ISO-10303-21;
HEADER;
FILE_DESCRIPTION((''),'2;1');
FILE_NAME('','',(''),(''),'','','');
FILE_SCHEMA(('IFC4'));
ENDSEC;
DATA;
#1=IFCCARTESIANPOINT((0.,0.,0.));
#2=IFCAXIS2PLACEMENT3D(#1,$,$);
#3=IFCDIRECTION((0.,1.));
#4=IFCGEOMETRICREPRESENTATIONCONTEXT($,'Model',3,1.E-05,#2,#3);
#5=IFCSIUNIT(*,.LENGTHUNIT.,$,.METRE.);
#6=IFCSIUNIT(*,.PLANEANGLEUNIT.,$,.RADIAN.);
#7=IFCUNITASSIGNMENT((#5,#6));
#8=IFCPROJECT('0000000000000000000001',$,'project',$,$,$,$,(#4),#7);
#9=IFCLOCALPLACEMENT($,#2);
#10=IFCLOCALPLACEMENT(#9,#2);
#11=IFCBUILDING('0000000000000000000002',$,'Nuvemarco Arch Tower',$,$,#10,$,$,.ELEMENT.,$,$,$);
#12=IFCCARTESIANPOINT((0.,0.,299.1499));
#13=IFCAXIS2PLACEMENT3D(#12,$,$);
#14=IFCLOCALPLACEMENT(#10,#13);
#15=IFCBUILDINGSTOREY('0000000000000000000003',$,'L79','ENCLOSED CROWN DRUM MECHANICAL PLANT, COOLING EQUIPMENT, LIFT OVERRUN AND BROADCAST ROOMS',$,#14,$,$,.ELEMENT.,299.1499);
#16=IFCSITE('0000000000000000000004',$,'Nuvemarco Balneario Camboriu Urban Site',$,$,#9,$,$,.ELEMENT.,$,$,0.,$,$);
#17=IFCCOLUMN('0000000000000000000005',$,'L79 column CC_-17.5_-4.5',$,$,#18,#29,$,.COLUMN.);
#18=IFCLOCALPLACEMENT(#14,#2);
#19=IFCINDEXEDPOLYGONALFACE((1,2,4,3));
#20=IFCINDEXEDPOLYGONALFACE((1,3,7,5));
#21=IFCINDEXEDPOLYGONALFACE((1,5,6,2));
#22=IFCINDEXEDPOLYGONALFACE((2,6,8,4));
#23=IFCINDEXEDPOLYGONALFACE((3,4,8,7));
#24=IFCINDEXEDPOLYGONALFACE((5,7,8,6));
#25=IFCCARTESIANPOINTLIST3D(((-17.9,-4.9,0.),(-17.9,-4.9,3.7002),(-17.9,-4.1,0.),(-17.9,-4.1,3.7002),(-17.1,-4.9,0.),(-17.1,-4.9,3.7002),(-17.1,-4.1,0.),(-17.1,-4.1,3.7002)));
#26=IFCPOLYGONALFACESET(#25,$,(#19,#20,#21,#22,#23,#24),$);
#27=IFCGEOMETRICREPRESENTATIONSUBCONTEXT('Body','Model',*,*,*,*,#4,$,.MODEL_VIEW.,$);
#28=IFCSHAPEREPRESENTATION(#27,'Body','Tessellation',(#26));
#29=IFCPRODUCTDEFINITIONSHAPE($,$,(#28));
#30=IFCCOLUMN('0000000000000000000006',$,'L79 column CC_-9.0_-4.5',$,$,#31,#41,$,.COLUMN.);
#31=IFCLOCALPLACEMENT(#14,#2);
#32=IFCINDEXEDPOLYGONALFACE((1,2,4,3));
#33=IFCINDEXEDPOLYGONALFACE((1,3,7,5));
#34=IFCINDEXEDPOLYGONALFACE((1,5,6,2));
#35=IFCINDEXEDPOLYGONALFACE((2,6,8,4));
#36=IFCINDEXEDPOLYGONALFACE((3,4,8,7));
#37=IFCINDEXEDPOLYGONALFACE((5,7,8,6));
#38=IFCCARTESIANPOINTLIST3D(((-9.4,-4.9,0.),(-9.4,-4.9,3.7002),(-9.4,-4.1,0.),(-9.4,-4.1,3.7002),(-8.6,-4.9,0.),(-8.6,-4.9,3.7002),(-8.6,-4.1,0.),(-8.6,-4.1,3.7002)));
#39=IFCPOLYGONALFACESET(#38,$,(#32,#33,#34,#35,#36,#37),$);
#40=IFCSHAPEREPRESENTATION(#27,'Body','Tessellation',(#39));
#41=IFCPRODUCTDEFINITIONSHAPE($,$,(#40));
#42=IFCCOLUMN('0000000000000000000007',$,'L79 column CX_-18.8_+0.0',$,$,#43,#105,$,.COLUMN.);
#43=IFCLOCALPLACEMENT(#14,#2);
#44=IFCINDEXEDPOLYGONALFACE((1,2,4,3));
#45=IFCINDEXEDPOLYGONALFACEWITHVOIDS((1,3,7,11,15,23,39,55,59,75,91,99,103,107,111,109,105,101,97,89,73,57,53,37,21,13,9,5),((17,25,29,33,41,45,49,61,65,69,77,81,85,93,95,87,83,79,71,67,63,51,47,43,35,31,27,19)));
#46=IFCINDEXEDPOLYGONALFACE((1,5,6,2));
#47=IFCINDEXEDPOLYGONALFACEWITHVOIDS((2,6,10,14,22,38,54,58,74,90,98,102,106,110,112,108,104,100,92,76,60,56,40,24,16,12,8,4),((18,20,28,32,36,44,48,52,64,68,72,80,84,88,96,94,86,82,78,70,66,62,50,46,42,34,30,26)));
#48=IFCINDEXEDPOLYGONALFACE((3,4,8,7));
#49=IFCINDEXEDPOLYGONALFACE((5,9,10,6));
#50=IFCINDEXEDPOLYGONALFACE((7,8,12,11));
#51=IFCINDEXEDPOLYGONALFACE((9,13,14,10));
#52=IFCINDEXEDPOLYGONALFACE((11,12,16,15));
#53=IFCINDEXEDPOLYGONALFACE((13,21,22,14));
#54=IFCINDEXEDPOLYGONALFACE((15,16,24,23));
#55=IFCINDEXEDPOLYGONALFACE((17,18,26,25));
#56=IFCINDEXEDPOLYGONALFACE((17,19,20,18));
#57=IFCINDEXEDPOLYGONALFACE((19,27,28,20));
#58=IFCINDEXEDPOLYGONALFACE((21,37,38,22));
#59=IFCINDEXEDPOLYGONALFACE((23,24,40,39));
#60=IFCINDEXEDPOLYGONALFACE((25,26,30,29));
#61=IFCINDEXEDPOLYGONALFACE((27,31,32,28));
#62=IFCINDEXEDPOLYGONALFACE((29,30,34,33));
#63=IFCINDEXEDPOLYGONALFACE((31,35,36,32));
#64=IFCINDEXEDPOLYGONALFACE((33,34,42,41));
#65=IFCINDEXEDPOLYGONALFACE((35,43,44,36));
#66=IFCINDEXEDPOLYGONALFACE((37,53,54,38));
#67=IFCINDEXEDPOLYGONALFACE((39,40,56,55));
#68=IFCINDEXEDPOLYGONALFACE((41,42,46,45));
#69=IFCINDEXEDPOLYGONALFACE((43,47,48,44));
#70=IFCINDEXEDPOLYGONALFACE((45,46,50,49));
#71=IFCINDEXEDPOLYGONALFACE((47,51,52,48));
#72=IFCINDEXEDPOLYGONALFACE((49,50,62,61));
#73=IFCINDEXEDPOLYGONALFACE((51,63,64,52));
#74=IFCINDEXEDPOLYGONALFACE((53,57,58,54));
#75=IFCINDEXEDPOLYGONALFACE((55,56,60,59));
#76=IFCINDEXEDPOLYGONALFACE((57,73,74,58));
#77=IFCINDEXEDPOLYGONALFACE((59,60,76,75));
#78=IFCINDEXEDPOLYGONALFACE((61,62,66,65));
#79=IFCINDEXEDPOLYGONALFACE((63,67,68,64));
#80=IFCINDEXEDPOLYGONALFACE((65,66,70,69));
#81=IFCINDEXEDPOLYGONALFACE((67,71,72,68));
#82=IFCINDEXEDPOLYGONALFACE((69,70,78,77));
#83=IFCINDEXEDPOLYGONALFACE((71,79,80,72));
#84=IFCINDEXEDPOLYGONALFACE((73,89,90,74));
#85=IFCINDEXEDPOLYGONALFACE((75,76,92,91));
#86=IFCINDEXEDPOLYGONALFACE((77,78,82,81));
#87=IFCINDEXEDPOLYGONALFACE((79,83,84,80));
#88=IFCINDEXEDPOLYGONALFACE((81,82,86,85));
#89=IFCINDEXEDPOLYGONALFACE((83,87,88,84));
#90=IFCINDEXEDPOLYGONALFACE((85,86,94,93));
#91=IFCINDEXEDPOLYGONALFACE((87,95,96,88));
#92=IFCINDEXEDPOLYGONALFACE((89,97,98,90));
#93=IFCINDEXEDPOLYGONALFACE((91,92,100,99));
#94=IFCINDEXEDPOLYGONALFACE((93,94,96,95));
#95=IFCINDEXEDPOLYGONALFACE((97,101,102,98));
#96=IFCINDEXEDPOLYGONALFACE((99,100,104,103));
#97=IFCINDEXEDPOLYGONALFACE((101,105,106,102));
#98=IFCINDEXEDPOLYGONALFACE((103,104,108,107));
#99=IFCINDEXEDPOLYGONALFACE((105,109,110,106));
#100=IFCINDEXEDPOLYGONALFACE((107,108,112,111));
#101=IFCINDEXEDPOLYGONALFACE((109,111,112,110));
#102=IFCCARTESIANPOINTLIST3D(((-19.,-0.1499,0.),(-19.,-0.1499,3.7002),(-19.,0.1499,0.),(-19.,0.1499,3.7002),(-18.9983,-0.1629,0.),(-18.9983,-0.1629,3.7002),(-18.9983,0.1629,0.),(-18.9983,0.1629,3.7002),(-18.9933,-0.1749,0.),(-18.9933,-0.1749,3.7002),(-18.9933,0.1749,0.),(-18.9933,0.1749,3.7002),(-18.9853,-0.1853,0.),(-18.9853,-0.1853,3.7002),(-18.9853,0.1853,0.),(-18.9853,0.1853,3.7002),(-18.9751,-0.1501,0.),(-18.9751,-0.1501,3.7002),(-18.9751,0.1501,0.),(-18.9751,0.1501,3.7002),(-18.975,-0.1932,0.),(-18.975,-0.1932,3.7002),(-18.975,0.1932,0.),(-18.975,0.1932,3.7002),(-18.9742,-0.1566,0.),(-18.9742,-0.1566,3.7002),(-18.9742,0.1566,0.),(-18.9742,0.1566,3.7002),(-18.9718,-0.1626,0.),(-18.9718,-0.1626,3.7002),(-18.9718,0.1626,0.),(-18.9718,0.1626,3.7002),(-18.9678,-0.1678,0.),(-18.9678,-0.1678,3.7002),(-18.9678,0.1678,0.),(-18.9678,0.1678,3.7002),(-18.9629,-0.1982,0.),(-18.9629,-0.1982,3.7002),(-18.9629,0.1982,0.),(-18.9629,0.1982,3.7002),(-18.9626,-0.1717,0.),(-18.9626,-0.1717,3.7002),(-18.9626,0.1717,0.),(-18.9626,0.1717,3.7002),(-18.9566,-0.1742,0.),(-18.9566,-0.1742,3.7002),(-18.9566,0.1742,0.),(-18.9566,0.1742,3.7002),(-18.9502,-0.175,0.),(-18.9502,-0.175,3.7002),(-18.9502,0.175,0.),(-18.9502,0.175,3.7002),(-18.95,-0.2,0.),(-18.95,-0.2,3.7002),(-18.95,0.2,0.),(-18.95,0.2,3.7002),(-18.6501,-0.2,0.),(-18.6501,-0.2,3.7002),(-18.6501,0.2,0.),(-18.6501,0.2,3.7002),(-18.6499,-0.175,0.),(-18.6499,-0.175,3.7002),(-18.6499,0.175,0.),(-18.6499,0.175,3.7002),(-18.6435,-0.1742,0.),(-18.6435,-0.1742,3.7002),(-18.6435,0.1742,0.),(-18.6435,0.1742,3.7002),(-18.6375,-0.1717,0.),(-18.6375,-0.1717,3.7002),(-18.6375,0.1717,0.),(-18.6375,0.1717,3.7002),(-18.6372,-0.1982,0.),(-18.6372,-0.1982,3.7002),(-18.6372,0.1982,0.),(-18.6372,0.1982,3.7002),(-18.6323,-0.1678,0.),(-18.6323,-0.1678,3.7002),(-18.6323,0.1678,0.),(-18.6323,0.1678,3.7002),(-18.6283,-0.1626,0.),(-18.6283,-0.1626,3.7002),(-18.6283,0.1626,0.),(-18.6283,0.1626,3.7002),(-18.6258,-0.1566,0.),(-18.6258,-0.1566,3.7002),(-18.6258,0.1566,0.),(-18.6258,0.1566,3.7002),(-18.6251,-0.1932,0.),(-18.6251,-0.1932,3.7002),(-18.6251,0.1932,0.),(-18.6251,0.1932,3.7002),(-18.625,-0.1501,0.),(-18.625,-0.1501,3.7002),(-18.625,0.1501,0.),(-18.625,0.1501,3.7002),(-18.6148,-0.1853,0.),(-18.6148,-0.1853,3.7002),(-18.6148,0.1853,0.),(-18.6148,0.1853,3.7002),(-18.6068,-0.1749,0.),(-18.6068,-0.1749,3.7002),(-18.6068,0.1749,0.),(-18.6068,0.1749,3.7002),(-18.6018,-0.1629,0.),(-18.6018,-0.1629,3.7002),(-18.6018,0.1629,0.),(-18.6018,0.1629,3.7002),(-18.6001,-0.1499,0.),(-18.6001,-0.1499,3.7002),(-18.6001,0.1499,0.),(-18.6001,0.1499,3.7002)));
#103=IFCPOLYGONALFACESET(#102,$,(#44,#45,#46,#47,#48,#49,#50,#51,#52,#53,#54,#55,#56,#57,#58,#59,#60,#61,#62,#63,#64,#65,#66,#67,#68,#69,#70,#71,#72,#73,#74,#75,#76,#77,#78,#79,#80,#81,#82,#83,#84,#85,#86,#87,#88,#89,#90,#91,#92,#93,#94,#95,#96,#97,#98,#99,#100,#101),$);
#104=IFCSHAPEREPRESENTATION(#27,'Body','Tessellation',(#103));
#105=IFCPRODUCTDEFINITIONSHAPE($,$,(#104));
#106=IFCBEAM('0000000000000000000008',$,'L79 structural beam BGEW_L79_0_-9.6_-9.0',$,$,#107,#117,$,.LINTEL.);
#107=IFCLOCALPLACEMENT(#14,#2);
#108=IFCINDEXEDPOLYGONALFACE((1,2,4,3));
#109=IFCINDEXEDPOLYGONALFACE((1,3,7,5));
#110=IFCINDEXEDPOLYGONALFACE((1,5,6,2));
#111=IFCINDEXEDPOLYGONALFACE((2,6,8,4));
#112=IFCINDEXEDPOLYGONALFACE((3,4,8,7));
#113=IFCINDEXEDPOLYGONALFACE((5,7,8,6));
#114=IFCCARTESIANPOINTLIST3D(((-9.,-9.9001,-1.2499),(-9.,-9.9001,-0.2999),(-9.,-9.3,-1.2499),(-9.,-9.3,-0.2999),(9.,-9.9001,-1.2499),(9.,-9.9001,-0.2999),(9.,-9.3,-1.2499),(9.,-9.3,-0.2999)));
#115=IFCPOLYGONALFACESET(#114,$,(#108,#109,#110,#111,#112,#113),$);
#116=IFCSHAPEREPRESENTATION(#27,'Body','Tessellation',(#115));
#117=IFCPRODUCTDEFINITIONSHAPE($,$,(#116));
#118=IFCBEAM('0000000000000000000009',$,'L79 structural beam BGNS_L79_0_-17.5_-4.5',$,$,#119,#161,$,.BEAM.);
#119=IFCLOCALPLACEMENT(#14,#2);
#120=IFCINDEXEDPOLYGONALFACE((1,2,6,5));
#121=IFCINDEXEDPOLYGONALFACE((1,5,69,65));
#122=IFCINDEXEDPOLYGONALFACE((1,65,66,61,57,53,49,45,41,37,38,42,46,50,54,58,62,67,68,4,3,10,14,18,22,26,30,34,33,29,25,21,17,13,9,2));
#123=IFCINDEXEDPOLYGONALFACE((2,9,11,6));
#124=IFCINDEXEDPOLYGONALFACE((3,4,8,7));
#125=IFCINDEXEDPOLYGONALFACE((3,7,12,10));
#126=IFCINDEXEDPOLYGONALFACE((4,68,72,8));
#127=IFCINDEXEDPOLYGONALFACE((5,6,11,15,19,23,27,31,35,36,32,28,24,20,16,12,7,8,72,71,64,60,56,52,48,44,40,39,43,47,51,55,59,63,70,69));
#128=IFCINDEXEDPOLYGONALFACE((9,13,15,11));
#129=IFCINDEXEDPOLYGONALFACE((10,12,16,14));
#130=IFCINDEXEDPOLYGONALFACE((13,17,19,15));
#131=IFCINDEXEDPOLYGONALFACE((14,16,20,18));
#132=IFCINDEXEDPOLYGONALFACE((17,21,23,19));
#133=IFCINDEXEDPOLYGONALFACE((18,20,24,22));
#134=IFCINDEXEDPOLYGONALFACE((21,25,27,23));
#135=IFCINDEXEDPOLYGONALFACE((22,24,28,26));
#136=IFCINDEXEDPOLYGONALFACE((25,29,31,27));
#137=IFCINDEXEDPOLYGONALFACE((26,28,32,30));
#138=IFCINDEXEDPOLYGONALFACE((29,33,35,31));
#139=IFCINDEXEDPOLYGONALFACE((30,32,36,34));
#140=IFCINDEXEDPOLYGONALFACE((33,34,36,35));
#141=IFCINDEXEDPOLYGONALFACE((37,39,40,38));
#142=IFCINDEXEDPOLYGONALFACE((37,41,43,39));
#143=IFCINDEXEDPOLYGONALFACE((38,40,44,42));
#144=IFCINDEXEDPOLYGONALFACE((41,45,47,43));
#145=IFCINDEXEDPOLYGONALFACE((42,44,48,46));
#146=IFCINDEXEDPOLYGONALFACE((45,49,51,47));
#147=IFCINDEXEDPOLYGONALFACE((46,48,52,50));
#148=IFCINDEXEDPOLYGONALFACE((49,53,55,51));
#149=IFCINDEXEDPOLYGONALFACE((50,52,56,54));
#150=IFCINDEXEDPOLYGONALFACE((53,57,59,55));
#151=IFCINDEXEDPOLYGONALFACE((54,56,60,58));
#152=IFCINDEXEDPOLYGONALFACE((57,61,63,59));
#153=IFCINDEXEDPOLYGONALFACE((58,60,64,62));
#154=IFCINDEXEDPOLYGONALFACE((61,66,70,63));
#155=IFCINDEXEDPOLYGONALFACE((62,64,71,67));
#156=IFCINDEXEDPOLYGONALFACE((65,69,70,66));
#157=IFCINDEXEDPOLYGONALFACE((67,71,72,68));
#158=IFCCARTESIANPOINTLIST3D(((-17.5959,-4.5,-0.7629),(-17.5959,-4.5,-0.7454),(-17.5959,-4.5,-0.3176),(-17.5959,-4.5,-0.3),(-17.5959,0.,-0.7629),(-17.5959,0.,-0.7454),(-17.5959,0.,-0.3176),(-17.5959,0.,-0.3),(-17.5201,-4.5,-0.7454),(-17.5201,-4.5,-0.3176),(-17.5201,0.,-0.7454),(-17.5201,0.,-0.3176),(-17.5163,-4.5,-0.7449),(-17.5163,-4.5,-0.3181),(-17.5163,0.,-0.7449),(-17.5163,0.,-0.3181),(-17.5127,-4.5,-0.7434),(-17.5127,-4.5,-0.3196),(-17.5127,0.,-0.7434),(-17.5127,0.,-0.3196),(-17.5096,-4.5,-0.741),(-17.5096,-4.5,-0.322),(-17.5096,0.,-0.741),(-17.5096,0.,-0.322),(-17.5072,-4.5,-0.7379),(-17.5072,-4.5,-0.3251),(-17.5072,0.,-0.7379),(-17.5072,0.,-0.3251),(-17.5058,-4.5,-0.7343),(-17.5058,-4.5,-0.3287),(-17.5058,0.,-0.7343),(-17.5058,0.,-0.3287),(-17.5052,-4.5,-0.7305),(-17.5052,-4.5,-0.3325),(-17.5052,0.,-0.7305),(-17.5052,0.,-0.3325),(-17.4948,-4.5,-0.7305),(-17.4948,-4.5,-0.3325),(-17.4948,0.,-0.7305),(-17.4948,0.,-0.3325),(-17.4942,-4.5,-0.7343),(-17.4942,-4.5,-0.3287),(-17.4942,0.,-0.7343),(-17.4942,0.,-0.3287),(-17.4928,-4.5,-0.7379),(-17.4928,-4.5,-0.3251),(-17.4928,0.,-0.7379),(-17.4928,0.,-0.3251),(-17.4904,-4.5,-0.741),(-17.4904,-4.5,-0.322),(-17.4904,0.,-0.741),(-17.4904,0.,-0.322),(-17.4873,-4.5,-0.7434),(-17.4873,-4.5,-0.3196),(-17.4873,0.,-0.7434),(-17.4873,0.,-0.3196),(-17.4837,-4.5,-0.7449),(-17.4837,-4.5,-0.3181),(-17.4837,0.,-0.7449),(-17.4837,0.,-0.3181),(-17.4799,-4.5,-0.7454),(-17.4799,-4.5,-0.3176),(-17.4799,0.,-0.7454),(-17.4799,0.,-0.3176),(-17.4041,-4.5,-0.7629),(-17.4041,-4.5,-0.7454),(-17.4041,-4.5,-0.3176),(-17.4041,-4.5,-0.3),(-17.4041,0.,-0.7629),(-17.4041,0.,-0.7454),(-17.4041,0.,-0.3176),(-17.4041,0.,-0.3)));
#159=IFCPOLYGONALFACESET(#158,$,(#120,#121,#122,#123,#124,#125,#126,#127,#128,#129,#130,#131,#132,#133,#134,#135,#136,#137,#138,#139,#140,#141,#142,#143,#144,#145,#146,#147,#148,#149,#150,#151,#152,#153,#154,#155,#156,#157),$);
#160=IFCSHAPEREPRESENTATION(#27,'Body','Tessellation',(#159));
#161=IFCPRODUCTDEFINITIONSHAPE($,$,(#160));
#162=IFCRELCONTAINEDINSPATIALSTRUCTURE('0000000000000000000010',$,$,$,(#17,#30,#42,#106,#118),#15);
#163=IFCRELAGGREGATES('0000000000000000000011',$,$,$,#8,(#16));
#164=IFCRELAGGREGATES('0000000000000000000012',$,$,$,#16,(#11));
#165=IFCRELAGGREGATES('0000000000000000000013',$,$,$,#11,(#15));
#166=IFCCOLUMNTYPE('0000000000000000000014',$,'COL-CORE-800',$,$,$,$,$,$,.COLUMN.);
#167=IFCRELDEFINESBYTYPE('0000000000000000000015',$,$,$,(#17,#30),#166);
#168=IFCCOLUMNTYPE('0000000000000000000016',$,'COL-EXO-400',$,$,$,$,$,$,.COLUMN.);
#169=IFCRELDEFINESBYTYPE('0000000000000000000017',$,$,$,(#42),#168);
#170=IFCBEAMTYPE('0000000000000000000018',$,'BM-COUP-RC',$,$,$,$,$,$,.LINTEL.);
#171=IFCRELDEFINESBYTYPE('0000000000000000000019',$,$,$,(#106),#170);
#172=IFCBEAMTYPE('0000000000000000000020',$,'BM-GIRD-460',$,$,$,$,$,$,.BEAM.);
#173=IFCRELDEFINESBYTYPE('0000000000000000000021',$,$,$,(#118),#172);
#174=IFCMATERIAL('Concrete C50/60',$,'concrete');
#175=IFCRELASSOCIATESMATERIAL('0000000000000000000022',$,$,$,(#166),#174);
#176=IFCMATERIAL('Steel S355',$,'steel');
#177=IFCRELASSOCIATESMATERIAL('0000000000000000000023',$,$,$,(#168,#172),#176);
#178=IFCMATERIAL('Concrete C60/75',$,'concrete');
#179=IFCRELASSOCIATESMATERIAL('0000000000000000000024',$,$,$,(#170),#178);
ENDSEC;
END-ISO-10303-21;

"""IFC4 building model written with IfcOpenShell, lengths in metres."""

from ifc_helpers import new_model, si_unit, direction, frame, origin, origin_2d, place, context, subcontext, project, spatial, rectangle, hollow_rectangle, i_section, extrude, material, material_profile, profile_set, type_object, element, save


model = new_model("IFC4")

# Units and contexts
model_context = context("Model", 3, precision=1e-05, world=origin(), true_north=direction((0.0, 1.0)))
body_context = subcontext(model_context, "Body", "Model", "MODEL_VIEW")
ifc_project = project(units=[si_unit("LENGTHUNIT", "METRE"), si_unit("PLANEANGLEUNIT", "RADIAN")], contexts=[model_context])

# Site, building, storey
site_placement = place(None, origin())
site = spatial("IfcSite", under=ifc_project, at=site_placement, Name="Nuvemarco Balneario Camboriu Urban Site", CompositionType="ELEMENT", RefElevation=0.0)
building_placement = place(site_placement, origin())
building = spatial("IfcBuilding", under=site, at=building_placement, Name="Nuvemarco Arch Tower", CompositionType="ELEMENT")
storey_placement = place(building_placement, frame((0.0, 0.0, 299.1499)))
storey = spatial("IfcBuildingStorey", under=building, at=storey_placement, Name="L79", Description="ENCLOSED CROWN DRUM MECHANICAL PLANT, COOLING EQUIPMENT, LIFT OVERRUN AND BROADCAST ROOMS", CompositionType="ELEMENT", Elevation=299.1499)

# Columns
ifc_material_1 = material(Name="Concrete C50/60", Category="concrete")
ifc_material_profile_1 = material_profile(ifc_material_1, rectangle(XDim=0.8, YDim=0.8, at=origin_2d()), Name="RC-COL-800x800")
ifc_profile_set_1 = profile_set([ifc_material_profile_1], Name="Concrete C50/60")
column_type_1 = type_object("IfcColumnType", Name="COL-CORE-800", PredefinedType="COLUMN", material=ifc_profile_set_1)
for number, where, z_axis, x_axis, name in (
    (1, (-17.5, -4.5, 0.0), (0.0, 0.0, 1.0), (1.0, 0.0, 0.0), "L79 column CC_-17.5_-4.5"),
    (2, (-9.0, -4.5, 0.0), (0.0, 0.0, 1.0), (1.0, 0.0, 0.0), "L79 column CC_-9.0_-4.5"),
):
    element("IfcColumn", number, at=place(storey_placement, frame(where, z_axis=z_axis, x_axis=x_axis)), inside=storey, type_object=column_type_1, Name=name, PredefinedType="COLUMN", context=body_context, shape_type="SweptSolid", body=[
        extrude(rectangle(XDim=0.8, YDim=0.8, at=origin_2d()), origin(), (0.0, 0.0, 1.0), 3.7002),
    ])
ifc_material_2 = material(Name="Steel S355", Category="steel")
ifc_material_profile_2 = material_profile(ifc_material_2, hollow_rectangle(XDim=0.3999, YDim=0.3999, WallThickness=0.0249, InnerFilletRadius=0.0249, OuterFilletRadius=0.05, at=origin_2d()), Name="SHS400x400x25")
ifc_profile_set_2 = profile_set([ifc_material_profile_2], Name="Steel S355")
column_type_2 = type_object("IfcColumnType", Name="COL-EXO-400", PredefinedType="COLUMN", material=ifc_profile_set_2)
column_placement = place(storey_placement, frame((-18.8, 0.0, 0.0), z_axis=(0.0, 0.0, 1.0), x_axis=(1.0, 0.0, 0.0)))
element("IfcColumn", 3, at=column_placement, inside=storey, type_object=column_type_2, Name="L79 column CX_-18.8_+0.0", PredefinedType="COLUMN", context=body_context, shape_type="SweptSolid", body=[
    extrude(hollow_rectangle(XDim=0.3999, YDim=0.3999, WallThickness=0.0249, InnerFilletRadius=0.0249, OuterFilletRadius=0.05, at=origin_2d()), origin(), (0.0, 0.0, 1.0), 3.7002),
])

# Beams
ifc_material_3 = material(Name="Concrete C60/75", Category="concrete")
ifc_material_profile_3 = material_profile(ifc_material_3, rectangle(XDim=0.6001, YDim=0.95, at=origin_2d()), Name="RC-BM-600x950")
ifc_profile_set_3 = profile_set([ifc_material_profile_3], Name="Concrete C60/75")
beam_type_1 = type_object("IfcBeamType", Name="BM-COUP-RC", PredefinedType="LINTEL", material=ifc_profile_set_3)
beam_1_placement = place(storey_placement, frame((-9.0, -9.6001, -0.7749), z_axis=(1.0, 0.0, 0.0), x_axis=(0.0, 1.0, 0.0)))
element("IfcBeam", 4, at=beam_1_placement, inside=storey, type_object=beam_type_1, Name="L79 structural beam BGEW_L79_0_-9.6_-9.0", PredefinedType="LINTEL", context=body_context, shape_type="SweptSolid", body=[
    extrude(rectangle(XDim=0.6001, YDim=0.95, at=origin_2d()), origin(), (0.0, 0.0, 1.0), 18.0),
])
ifc_material_profile_4 = material_profile(ifc_material_2, i_section(OverallWidth=0.1919, OverallDepth=0.4629, WebThickness=0.0105, FlangeThickness=0.0176, FilletRadius=0.0149, at=origin_2d()), Name="W460x89")
ifc_profile_set_4 = profile_set([ifc_material_profile_4], Name="Steel S355")
beam_type_2 = type_object("IfcBeamType", Name="BM-GIRD-460", PredefinedType="BEAM", material=ifc_profile_set_4)
beam_2_placement = place(storey_placement, frame((-17.5, -4.5, -0.5315), z_axis=(0.0, 1.0, 0.0), x_axis=(-1.0, 0.0, 0.0)))
element("IfcBeam", 5, at=beam_2_placement, inside=storey, type_object=beam_type_2, Name="L79 structural beam BGNS_L79_0_-17.5_-4.5", PredefinedType="BEAM", context=body_context, shape_type="SweptSolid", body=[
    extrude(i_section(OverallWidth=0.1919, OverallDepth=0.4629, WebThickness=0.0105, FlangeThickness=0.0176, FilletRadius=0.0149, at=origin_2d()), origin(), (0.0, 0.0, 1.0), 4.5),
])

save(model, "model.ifc")
